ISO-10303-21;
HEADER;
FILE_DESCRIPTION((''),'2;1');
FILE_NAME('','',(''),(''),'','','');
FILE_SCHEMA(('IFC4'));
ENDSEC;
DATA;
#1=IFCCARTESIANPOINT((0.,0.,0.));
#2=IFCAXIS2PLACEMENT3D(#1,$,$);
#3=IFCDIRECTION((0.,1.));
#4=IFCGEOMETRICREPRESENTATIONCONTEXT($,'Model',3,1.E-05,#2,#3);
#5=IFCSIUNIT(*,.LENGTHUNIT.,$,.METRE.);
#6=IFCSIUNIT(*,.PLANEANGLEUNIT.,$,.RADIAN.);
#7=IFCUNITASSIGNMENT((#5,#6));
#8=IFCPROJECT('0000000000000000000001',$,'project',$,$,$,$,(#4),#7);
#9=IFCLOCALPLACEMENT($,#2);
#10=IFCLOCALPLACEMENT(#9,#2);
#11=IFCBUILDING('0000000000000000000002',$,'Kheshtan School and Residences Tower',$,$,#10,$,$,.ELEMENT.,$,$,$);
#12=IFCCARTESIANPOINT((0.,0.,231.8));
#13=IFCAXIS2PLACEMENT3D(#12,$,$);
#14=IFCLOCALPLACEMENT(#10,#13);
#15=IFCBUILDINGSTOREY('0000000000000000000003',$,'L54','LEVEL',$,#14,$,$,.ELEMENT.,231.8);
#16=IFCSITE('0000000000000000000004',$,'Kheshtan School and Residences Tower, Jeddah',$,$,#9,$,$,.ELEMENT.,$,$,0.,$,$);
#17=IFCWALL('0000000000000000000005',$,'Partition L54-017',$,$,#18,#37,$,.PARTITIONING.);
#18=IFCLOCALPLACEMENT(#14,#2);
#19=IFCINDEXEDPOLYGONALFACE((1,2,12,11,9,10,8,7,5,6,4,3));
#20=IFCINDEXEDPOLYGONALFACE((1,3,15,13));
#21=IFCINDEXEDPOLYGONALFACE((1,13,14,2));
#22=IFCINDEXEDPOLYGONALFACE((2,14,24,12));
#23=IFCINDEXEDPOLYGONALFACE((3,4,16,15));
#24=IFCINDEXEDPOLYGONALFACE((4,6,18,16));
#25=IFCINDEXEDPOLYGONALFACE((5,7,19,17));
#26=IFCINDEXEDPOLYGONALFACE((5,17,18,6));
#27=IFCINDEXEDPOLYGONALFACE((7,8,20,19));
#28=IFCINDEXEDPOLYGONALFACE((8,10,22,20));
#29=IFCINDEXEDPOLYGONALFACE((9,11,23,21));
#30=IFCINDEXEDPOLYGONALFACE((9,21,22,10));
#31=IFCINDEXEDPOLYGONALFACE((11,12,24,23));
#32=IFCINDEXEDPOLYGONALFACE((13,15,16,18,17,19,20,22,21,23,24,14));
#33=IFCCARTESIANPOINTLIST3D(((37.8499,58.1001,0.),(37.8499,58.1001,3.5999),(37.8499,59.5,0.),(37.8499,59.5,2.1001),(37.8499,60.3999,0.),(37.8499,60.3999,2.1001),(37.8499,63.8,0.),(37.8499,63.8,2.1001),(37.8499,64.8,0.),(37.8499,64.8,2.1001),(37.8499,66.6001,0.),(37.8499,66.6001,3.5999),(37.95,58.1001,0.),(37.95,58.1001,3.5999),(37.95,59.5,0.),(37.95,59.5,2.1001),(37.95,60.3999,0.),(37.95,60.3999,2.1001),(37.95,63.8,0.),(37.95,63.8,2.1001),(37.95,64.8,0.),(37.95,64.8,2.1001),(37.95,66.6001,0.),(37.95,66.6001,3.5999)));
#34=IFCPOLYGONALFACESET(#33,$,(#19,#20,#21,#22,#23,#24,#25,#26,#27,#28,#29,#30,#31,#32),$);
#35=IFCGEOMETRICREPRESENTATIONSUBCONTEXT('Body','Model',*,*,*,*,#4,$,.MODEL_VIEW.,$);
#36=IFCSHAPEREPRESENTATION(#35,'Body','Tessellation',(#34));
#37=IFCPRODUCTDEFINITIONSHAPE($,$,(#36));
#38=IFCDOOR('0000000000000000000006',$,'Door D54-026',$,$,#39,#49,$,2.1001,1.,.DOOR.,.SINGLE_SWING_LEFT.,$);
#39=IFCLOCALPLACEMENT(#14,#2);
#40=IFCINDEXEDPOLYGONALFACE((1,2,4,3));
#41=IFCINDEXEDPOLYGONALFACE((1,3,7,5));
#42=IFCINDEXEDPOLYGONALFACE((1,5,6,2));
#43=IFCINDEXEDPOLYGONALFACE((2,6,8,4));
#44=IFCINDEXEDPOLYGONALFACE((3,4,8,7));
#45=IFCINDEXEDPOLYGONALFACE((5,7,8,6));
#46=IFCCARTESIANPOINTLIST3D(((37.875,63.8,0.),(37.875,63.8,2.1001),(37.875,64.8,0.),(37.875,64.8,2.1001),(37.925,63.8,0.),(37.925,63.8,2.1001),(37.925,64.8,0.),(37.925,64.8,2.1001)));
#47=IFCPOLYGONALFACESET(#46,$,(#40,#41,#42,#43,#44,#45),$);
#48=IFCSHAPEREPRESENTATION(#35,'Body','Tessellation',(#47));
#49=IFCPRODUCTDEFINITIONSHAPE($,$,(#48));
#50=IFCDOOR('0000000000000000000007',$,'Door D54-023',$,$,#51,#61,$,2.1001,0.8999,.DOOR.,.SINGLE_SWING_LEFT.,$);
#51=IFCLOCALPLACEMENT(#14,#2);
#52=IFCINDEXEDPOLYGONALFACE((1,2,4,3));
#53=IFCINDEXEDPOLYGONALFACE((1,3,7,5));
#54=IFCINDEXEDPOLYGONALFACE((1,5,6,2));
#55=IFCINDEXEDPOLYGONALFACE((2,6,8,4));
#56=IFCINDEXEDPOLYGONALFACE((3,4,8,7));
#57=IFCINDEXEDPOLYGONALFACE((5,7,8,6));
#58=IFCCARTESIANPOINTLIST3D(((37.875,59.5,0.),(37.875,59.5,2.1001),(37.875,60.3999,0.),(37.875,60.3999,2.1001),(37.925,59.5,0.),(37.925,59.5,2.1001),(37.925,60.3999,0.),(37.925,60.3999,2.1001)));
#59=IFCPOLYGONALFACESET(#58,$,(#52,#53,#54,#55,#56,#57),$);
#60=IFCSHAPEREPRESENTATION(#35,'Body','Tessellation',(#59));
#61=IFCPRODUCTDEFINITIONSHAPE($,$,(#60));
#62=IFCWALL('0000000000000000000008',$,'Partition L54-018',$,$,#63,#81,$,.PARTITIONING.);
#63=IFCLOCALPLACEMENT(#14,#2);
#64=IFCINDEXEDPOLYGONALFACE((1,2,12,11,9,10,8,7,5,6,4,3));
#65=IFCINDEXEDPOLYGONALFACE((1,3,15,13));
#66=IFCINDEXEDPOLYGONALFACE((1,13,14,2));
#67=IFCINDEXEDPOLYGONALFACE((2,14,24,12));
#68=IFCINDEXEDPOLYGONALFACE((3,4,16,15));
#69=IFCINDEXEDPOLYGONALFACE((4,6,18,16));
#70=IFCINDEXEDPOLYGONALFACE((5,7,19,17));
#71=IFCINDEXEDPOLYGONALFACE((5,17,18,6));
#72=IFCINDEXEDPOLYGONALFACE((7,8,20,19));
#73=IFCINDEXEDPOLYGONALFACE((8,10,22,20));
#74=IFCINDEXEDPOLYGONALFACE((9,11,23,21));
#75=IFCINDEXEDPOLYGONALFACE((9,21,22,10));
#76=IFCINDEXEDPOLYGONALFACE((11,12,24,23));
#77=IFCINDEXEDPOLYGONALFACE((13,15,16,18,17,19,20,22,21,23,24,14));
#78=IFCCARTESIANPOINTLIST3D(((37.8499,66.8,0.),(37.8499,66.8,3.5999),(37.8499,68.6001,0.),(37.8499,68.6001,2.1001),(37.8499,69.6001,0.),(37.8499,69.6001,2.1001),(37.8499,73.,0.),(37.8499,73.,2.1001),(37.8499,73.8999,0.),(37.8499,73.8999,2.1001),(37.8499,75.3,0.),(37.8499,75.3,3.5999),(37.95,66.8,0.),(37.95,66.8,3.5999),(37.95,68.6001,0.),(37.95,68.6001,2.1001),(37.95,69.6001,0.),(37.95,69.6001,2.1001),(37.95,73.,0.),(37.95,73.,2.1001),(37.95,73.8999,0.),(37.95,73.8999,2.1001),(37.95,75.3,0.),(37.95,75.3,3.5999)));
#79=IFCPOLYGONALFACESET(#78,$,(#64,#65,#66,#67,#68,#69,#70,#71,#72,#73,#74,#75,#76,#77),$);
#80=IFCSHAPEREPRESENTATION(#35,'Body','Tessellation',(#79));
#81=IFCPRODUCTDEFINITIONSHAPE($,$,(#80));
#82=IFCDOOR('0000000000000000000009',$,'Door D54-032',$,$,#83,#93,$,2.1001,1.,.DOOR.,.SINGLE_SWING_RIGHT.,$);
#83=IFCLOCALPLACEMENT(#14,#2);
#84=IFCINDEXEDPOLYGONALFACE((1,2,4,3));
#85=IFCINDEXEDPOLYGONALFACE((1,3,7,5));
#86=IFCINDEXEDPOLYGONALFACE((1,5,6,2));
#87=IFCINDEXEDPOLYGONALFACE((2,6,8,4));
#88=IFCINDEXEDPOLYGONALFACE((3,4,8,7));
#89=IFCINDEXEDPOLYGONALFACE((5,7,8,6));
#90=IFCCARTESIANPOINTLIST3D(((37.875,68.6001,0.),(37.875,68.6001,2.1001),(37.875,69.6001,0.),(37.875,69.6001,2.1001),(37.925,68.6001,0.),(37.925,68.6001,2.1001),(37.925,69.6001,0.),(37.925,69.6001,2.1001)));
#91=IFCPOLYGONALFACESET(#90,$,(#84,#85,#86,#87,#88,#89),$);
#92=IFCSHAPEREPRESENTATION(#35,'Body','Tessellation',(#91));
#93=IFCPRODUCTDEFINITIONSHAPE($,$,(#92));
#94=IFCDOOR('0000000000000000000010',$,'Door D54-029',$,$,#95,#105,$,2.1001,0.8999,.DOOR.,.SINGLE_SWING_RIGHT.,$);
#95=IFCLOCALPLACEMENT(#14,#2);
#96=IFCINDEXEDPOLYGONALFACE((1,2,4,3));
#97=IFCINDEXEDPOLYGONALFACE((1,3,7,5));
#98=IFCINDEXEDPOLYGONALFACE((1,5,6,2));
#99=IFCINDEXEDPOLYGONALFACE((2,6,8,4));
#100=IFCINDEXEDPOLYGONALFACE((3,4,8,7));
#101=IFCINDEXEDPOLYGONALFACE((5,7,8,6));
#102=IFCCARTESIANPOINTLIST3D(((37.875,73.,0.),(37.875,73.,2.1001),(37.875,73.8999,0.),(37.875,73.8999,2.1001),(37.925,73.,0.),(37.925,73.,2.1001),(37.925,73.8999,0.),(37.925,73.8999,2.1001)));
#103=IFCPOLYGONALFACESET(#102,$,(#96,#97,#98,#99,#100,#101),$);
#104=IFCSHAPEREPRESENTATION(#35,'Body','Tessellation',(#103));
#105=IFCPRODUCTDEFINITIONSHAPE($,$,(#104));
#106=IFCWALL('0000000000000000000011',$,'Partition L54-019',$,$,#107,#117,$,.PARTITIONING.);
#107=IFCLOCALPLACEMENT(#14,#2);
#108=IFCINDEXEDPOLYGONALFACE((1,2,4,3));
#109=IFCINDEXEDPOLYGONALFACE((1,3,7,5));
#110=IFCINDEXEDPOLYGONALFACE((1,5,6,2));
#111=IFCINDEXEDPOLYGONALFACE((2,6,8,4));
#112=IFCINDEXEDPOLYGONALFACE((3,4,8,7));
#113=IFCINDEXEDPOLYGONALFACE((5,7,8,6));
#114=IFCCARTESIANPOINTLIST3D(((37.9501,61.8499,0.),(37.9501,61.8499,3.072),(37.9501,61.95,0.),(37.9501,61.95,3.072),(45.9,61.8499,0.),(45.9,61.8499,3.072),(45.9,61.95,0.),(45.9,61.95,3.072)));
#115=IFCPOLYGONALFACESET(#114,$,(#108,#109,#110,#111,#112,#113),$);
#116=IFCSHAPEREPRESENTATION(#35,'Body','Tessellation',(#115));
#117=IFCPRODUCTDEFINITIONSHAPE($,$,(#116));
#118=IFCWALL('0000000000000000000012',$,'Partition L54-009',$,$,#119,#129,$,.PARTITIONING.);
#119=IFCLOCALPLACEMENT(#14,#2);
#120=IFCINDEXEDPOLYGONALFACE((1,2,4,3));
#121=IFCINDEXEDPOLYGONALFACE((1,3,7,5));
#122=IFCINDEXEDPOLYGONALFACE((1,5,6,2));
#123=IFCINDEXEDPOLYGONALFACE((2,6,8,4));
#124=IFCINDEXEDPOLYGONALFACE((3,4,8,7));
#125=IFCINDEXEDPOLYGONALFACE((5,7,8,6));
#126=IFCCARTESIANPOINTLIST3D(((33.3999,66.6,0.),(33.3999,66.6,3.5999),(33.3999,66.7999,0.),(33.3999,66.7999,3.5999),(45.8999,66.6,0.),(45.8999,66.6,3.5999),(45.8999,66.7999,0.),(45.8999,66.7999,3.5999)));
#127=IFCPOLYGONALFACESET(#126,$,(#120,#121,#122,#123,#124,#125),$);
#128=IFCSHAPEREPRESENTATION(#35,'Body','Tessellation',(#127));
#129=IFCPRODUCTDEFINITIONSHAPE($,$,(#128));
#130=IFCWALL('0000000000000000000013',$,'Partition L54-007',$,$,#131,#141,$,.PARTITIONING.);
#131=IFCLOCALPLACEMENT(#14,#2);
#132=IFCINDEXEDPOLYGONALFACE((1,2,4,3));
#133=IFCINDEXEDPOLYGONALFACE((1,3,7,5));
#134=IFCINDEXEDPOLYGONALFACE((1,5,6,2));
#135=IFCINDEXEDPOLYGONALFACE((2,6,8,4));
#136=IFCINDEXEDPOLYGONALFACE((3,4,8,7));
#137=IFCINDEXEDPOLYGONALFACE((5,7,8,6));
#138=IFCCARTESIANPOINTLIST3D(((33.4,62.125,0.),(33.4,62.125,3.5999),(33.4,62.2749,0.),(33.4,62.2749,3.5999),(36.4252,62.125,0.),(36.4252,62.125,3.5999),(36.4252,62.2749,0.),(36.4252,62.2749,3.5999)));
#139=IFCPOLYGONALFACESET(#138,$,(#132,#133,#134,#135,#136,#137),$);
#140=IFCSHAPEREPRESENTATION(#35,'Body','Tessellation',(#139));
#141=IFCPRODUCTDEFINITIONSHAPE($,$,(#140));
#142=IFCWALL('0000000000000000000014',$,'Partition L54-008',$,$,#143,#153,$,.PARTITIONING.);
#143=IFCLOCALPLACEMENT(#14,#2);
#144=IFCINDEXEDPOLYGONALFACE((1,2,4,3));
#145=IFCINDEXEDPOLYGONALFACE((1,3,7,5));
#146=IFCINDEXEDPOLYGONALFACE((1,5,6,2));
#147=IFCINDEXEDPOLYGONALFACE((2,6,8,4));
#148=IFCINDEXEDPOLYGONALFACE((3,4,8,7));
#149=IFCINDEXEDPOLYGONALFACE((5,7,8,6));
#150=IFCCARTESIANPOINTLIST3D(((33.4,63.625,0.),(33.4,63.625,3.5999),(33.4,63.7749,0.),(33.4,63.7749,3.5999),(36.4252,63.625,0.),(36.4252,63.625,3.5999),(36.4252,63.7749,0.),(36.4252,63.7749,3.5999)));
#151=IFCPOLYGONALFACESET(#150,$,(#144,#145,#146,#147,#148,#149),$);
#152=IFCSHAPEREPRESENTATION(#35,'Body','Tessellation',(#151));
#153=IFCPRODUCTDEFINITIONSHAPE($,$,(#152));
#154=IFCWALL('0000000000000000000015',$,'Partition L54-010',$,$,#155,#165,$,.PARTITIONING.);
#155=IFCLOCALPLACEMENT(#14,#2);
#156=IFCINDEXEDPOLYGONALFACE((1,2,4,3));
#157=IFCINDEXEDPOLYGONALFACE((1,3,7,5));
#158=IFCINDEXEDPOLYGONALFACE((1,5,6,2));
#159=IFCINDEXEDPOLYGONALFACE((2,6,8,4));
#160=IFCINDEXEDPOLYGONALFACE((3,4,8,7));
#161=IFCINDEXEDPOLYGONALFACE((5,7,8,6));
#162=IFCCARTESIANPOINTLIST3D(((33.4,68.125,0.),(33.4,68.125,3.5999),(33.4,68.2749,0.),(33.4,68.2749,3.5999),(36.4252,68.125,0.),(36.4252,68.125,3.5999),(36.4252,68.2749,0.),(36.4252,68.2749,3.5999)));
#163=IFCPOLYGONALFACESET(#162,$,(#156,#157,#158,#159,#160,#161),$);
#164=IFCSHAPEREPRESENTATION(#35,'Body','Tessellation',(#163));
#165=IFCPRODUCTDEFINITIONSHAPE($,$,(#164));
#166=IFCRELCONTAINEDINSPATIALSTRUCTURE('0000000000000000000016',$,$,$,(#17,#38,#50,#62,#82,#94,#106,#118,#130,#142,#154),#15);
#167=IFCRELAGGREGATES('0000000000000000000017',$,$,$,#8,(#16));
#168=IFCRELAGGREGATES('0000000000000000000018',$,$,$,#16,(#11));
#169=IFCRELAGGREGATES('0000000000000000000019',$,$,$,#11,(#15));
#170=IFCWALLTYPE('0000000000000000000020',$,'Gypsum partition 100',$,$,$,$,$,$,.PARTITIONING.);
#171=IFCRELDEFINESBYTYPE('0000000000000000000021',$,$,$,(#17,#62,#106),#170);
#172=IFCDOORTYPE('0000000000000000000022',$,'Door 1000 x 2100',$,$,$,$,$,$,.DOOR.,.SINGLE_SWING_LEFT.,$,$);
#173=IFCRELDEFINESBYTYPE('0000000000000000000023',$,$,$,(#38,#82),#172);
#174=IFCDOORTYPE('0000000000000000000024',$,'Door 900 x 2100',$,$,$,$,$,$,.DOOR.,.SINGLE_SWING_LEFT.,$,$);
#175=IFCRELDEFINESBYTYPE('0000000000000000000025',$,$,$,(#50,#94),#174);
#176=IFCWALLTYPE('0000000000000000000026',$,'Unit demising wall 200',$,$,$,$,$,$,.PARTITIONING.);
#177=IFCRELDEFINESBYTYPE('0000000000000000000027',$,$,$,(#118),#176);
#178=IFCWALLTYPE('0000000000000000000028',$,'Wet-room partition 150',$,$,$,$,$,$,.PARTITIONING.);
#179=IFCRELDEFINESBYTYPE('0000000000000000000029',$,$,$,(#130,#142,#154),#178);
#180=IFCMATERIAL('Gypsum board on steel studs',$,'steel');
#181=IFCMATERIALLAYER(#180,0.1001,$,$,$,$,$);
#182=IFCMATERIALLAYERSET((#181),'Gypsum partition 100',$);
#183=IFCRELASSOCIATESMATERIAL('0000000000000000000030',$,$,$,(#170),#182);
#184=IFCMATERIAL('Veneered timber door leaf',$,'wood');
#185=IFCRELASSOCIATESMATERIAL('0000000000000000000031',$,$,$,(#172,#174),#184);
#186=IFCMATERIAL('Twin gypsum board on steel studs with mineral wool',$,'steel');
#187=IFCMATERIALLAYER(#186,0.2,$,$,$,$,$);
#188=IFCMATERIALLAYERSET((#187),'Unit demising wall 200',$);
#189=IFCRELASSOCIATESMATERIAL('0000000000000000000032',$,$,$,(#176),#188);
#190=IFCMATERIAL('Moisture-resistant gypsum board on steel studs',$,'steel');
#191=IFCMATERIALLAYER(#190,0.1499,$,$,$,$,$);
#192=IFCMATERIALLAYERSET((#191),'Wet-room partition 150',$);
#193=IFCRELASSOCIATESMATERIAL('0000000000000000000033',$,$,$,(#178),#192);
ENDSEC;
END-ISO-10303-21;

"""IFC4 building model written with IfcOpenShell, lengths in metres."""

from ifc_helpers import new_model, si_unit, direction, frame, frame_2d, origin, place, context, subcontext, project, spatial, rectangle, extrude, source, transform, mapped, material, layer, layer_set, type_object, element, fill, save


model = new_model("IFC4")

# Units and contexts
model_context = context("Model", 3, precision=1e-05, world=origin(), true_north=direction((0.0, 1.0)))
body_context = subcontext(model_context, "Body", "Model", "MODEL_VIEW")
ifc_project = project(units=[si_unit("LENGTHUNIT", "METRE"), si_unit("PLANEANGLEUNIT", "RADIAN")], contexts=[model_context])

# Site, building, storey
site_placement = place(None, origin())
site = spatial("IfcSite", under=ifc_project, at=site_placement, Name="Kheshtan School and Residences Tower, Jeddah", CompositionType="ELEMENT", RefElevation=0.0)
building_placement = place(site_placement, origin())
building = spatial("IfcBuilding", under=site, at=building_placement, Name="Kheshtan School and Residences Tower", CompositionType="ELEMENT")
storey_placement = place(building_placement, frame((0.0, 0.0, 231.8)))
storey = spatial("IfcBuildingStorey", under=building, at=storey_placement, Name="L54", Description="LEVEL", CompositionType="ELEMENT", Elevation=231.8)

# Walls, openings, doors
ifc_material_1 = material(Name="Gypsum board on steel studs", Category="steel")
ifc_layer_1 = layer(ifc_material_1, 0.1001)
ifc_layer_set_1 = layer_set([ifc_layer_1], Name="Gypsum partition 100")
wall_type_1 = type_object("IfcWallType", Name="Gypsum partition 100", PredefinedType="PARTITIONING", material=ifc_layer_set_1)
wall_1_placement = place(storey_placement, frame((37.8999, 58.1001, 0.0), z_axis=(0.0, 0.0, 1.0), x_axis=(0.0, 1.0, 0.0)))
wall_1 = element("IfcWall", 1, at=wall_1_placement, inside=storey, type_object=wall_type_1, Name="Partition L54-017", PredefinedType="PARTITIONING", context=body_context, shape_type="SweptSolid", body=[
    extrude(rectangle(XDim=8.5, YDim=0.1001, at=frame_2d((4.25, 0.0))), origin(), (0.0, 0.0, 1.0), 3.5999),
])
opening_1_placement = place(wall_1_placement, frame((1.3999, 0.0, 0.0)))
opening_1 = element("IfcOpeningElement", 2, at=opening_1_placement, cuts=wall_1, PredefinedType="OPENING", context=body_context, shape_type="SweptSolid", body=[
    extrude(rectangle(XDim=0.8999, YDim=2.1001, at=frame_2d((0.45, 1.05))), frame((0.0, 0.0601, 0.0), z_axis=(0.0, -1.0, 0.0), x_axis=(1.0, 0.0, 0.0)), (0.0, 0.0, 1.0), 0.1201),
])
opening_2_placement = place(wall_1_placement, frame((5.7, 0.0, 0.0)))
opening_2 = element("IfcOpeningElement", 3, at=opening_2_placement, cuts=wall_1, PredefinedType="OPENING", context=body_context, shape_type="SweptSolid", body=[
    extrude(rectangle(XDim=1.0, YDim=2.1001, at=frame_2d((0.5, 1.05))), frame((0.0, 0.0601, 0.0), z_axis=(0.0, -1.0, 0.0), x_axis=(1.0, 0.0, 0.0)), (0.0, 0.0, 1.0), 0.1201),
])
ifc_material_2 = material(Name="Veneered timber door leaf", Category="wood")
door_type_1 = type_object("IfcDoorType", Name="Door 1000 x 2100", OperationType="SINGLE_SWING_LEFT", PredefinedType="DOOR", material=ifc_material_2)
shared_shape_1 = source(origin(), body_context, "Body", "SweptSolid", [
    extrude(rectangle(XDim=1.0, YDim=2.1001, at=frame_2d((0.5, 1.05))), frame((0.0, 0.0249, 0.0), z_axis=(0.0, -1.0, 0.0), x_axis=(1.0, 0.0, 0.0)), (0.0, 0.0, 1.0), 0.05),
])
door_1_placement = place(opening_2_placement, origin())
door_1 = element("IfcDoor", 4, at=door_1_placement, inside=storey, type_object=door_type_1, Name="Door D54-026", OperationType="SINGLE_SWING_LEFT", OverallHeight=2.1001, OverallWidth=1.0, PredefinedType="DOOR", context=body_context, shape_type="MappedRepresentation", body=[
    mapped(shared_shape_1, transform((0.0, 0.0, 0.0), x_axis=(1.0, 0.0, 0.0), y_axis=(0.0, 1.0, 0.0), z_axis=(0.0, 0.0, 1.0), scale=1.0)),
])
fill(opening_2, door_1)
door_type_2 = type_object("IfcDoorType", Name="Door 900 x 2100", OperationType="SINGLE_SWING_LEFT", PredefinedType="DOOR", material=ifc_material_2)
shared_shape_2 = source(origin(), body_context, "Body", "SweptSolid", [
    extrude(rectangle(XDim=0.8999, YDim=2.1001, at=frame_2d((0.45, 1.05))), frame((0.0, 0.0249, 0.0), z_axis=(0.0, -1.0, 0.0), x_axis=(1.0, 0.0, 0.0)), (0.0, 0.0, 1.0), 0.05),
])
door_2_placement = place(opening_1_placement, origin())
door_2 = element("IfcDoor", 5, at=door_2_placement, inside=storey, type_object=door_type_2, Name="Door D54-023", OperationType="SINGLE_SWING_LEFT", OverallHeight=2.1001, OverallWidth=0.8999, PredefinedType="DOOR", context=body_context, shape_type="MappedRepresentation", body=[
    mapped(shared_shape_2, transform((0.0, 0.0, 0.0), x_axis=(1.0, 0.0, 0.0), y_axis=(0.0, 1.0, 0.0), z_axis=(0.0, 0.0, 1.0), scale=1.0)),
])
fill(opening_1, door_2)
wall_2_placement = place(storey_placement, frame((37.8999, 66.8, 0.0), z_axis=(0.0, 0.0, 1.0), x_axis=(0.0, 1.0, 0.0)))
wall_2 = element("IfcWall", 6, at=wall_2_placement, inside=storey, type_object=wall_type_1, Name="Partition L54-018", PredefinedType="PARTITIONING", context=body_context, shape_type="SweptSolid", body=[
    extrude(rectangle(XDim=8.5, YDim=0.1001, at=frame_2d((4.25, 0.0))), origin(), (0.0, 0.0, 1.0), 3.5999),
])
opening_3_placement = place(wall_2_placement, frame((6.2, 0.0, 0.0)))
opening_3 = element("IfcOpeningElement", 7, at=opening_3_placement, cuts=wall_2, PredefinedType="OPENING", context=body_context, shape_type="SweptSolid", body=[
    extrude(rectangle(XDim=0.8999, YDim=2.1001, at=frame_2d((0.45, 1.05))), frame((0.0, 0.0601, 0.0), z_axis=(0.0, -1.0, 0.0), x_axis=(1.0, 0.0, 0.0)), (0.0, 0.0, 1.0), 0.1201),
])
opening_4_placement = place(wall_2_placement, frame((1.8, 0.0, 0.0)))
opening_4 = element("IfcOpeningElement", 8, at=opening_4_placement, cuts=wall_2, PredefinedType="OPENING", context=body_context, shape_type="SweptSolid", body=[
    extrude(rectangle(XDim=1.0, YDim=2.1001, at=frame_2d((0.5, 1.05))), frame((0.0, 0.0601, 0.0), z_axis=(0.0, -1.0, 0.0), x_axis=(1.0, 0.0, 0.0)), (0.0, 0.0, 1.0), 0.1201),
])
door_3_placement = place(opening_4_placement, origin())
door_3 = element("IfcDoor", 9, at=door_3_placement, inside=storey, type_object=door_type_1, Name="Door D54-032", OperationType="SINGLE_SWING_RIGHT", OverallHeight=2.1001, OverallWidth=1.0, PredefinedType="DOOR", context=body_context, shape_type="MappedRepresentation", body=[
    mapped(shared_shape_1, transform((0.0, 0.0, 0.0), x_axis=(1.0, 0.0, 0.0), y_axis=(0.0, 1.0, 0.0), z_axis=(0.0, 0.0, 1.0), scale=1.0)),
])
fill(opening_4, door_3)
door_4_placement = place(opening_3_placement, origin())
door_4 = element("IfcDoor", 10, at=door_4_placement, inside=storey, type_object=door_type_2, Name="Door D54-029", OperationType="SINGLE_SWING_RIGHT", OverallHeight=2.1001, OverallWidth=0.8999, PredefinedType="DOOR", context=body_context, shape_type="MappedRepresentation", body=[
    mapped(shared_shape_2, transform((0.0, 0.0, 0.0), x_axis=(1.0, 0.0, 0.0), y_axis=(0.0, 1.0, 0.0), z_axis=(0.0, 0.0, 1.0), scale=1.0)),
])
fill(opening_3, door_4)

# Walls
wall_3_placement = place(storey_placement, frame((37.95, 61.8999, 0.0), z_axis=(0.0, 0.0, 1.0), x_axis=(1.0, 0.0, 0.0)))
element("IfcWall", 11, at=wall_3_placement, inside=storey, type_object=wall_type_1, Name="Partition L54-019", PredefinedType="PARTITIONING", context=body_context, shape_type="SweptSolid", body=[
    extrude(rectangle(XDim=7.95, YDim=0.1001, at=frame_2d((3.9751, 0.0))), origin(), (0.0, 0.0, 1.0), 3.072),
])
ifc_material_3 = material(Name="Twin gypsum board on steel studs with mineral wool", Category="steel")
ifc_layer_2 = layer(ifc_material_3, 0.2)
ifc_layer_set_2 = layer_set([ifc_layer_2], Name="Unit demising wall 200")
wall_type_2 = type_object("IfcWallType", Name="Unit demising wall 200", PredefinedType="PARTITIONING", material=ifc_layer_set_2)
wall_4_placement = place(storey_placement, frame((33.3999, 66.7, 0.0), z_axis=(0.0, 0.0, 1.0), x_axis=(1.0, 0.0, 0.0)))
element("IfcWall", 12, at=wall_4_placement, inside=storey, type_object=wall_type_2, Name="Partition L54-009", PredefinedType="PARTITIONING", context=body_context, shape_type="SweptSolid", body=[
    extrude(rectangle(XDim=12.5, YDim=0.2, at=frame_2d((6.25, 0.0))), origin(), (0.0, 0.0, 1.0), 3.5999),
])
ifc_material_4 = material(Name="Moisture-resistant gypsum board on steel studs", Category="steel")
ifc_layer_3 = layer(ifc_material_4, 0.1499)
ifc_layer_set_3 = layer_set([ifc_layer_3], Name="Wet-room partition 150")
wall_type_3 = type_object("IfcWallType", Name="Wet-room partition 150", PredefinedType="PARTITIONING", material=ifc_layer_set_3)
for number, where, z_axis, x_axis, name in (
    (13, (33.3999, 62.2, 0.0), (0.0, 0.0, 1.0), (1.0, 0.0, 0.0), "Partition L54-007"),
    (14, (33.3999, 63.7, 0.0), (0.0, 0.0, 1.0), (1.0, 0.0, 0.0), "Partition L54-008"),
    (15, (33.3999, 68.2, 0.0), (0.0, 0.0, 1.0), (1.0, 0.0, 0.0), "Partition L54-010"),
):
    element("IfcWall", number, at=place(storey_placement, frame(where, z_axis=z_axis, x_axis=x_axis)), inside=storey, type_object=wall_type_3, Name=name, PredefinedType="PARTITIONING", context=body_context, shape_type="SweptSolid", body=[
        extrude(rectangle(XDim=3.0251, YDim=0.1499, at=frame_2d((1.5127, 0.0))), origin(), (0.0, 0.0, 1.0), 3.5999),
    ])

save(model, "model.ifc")
